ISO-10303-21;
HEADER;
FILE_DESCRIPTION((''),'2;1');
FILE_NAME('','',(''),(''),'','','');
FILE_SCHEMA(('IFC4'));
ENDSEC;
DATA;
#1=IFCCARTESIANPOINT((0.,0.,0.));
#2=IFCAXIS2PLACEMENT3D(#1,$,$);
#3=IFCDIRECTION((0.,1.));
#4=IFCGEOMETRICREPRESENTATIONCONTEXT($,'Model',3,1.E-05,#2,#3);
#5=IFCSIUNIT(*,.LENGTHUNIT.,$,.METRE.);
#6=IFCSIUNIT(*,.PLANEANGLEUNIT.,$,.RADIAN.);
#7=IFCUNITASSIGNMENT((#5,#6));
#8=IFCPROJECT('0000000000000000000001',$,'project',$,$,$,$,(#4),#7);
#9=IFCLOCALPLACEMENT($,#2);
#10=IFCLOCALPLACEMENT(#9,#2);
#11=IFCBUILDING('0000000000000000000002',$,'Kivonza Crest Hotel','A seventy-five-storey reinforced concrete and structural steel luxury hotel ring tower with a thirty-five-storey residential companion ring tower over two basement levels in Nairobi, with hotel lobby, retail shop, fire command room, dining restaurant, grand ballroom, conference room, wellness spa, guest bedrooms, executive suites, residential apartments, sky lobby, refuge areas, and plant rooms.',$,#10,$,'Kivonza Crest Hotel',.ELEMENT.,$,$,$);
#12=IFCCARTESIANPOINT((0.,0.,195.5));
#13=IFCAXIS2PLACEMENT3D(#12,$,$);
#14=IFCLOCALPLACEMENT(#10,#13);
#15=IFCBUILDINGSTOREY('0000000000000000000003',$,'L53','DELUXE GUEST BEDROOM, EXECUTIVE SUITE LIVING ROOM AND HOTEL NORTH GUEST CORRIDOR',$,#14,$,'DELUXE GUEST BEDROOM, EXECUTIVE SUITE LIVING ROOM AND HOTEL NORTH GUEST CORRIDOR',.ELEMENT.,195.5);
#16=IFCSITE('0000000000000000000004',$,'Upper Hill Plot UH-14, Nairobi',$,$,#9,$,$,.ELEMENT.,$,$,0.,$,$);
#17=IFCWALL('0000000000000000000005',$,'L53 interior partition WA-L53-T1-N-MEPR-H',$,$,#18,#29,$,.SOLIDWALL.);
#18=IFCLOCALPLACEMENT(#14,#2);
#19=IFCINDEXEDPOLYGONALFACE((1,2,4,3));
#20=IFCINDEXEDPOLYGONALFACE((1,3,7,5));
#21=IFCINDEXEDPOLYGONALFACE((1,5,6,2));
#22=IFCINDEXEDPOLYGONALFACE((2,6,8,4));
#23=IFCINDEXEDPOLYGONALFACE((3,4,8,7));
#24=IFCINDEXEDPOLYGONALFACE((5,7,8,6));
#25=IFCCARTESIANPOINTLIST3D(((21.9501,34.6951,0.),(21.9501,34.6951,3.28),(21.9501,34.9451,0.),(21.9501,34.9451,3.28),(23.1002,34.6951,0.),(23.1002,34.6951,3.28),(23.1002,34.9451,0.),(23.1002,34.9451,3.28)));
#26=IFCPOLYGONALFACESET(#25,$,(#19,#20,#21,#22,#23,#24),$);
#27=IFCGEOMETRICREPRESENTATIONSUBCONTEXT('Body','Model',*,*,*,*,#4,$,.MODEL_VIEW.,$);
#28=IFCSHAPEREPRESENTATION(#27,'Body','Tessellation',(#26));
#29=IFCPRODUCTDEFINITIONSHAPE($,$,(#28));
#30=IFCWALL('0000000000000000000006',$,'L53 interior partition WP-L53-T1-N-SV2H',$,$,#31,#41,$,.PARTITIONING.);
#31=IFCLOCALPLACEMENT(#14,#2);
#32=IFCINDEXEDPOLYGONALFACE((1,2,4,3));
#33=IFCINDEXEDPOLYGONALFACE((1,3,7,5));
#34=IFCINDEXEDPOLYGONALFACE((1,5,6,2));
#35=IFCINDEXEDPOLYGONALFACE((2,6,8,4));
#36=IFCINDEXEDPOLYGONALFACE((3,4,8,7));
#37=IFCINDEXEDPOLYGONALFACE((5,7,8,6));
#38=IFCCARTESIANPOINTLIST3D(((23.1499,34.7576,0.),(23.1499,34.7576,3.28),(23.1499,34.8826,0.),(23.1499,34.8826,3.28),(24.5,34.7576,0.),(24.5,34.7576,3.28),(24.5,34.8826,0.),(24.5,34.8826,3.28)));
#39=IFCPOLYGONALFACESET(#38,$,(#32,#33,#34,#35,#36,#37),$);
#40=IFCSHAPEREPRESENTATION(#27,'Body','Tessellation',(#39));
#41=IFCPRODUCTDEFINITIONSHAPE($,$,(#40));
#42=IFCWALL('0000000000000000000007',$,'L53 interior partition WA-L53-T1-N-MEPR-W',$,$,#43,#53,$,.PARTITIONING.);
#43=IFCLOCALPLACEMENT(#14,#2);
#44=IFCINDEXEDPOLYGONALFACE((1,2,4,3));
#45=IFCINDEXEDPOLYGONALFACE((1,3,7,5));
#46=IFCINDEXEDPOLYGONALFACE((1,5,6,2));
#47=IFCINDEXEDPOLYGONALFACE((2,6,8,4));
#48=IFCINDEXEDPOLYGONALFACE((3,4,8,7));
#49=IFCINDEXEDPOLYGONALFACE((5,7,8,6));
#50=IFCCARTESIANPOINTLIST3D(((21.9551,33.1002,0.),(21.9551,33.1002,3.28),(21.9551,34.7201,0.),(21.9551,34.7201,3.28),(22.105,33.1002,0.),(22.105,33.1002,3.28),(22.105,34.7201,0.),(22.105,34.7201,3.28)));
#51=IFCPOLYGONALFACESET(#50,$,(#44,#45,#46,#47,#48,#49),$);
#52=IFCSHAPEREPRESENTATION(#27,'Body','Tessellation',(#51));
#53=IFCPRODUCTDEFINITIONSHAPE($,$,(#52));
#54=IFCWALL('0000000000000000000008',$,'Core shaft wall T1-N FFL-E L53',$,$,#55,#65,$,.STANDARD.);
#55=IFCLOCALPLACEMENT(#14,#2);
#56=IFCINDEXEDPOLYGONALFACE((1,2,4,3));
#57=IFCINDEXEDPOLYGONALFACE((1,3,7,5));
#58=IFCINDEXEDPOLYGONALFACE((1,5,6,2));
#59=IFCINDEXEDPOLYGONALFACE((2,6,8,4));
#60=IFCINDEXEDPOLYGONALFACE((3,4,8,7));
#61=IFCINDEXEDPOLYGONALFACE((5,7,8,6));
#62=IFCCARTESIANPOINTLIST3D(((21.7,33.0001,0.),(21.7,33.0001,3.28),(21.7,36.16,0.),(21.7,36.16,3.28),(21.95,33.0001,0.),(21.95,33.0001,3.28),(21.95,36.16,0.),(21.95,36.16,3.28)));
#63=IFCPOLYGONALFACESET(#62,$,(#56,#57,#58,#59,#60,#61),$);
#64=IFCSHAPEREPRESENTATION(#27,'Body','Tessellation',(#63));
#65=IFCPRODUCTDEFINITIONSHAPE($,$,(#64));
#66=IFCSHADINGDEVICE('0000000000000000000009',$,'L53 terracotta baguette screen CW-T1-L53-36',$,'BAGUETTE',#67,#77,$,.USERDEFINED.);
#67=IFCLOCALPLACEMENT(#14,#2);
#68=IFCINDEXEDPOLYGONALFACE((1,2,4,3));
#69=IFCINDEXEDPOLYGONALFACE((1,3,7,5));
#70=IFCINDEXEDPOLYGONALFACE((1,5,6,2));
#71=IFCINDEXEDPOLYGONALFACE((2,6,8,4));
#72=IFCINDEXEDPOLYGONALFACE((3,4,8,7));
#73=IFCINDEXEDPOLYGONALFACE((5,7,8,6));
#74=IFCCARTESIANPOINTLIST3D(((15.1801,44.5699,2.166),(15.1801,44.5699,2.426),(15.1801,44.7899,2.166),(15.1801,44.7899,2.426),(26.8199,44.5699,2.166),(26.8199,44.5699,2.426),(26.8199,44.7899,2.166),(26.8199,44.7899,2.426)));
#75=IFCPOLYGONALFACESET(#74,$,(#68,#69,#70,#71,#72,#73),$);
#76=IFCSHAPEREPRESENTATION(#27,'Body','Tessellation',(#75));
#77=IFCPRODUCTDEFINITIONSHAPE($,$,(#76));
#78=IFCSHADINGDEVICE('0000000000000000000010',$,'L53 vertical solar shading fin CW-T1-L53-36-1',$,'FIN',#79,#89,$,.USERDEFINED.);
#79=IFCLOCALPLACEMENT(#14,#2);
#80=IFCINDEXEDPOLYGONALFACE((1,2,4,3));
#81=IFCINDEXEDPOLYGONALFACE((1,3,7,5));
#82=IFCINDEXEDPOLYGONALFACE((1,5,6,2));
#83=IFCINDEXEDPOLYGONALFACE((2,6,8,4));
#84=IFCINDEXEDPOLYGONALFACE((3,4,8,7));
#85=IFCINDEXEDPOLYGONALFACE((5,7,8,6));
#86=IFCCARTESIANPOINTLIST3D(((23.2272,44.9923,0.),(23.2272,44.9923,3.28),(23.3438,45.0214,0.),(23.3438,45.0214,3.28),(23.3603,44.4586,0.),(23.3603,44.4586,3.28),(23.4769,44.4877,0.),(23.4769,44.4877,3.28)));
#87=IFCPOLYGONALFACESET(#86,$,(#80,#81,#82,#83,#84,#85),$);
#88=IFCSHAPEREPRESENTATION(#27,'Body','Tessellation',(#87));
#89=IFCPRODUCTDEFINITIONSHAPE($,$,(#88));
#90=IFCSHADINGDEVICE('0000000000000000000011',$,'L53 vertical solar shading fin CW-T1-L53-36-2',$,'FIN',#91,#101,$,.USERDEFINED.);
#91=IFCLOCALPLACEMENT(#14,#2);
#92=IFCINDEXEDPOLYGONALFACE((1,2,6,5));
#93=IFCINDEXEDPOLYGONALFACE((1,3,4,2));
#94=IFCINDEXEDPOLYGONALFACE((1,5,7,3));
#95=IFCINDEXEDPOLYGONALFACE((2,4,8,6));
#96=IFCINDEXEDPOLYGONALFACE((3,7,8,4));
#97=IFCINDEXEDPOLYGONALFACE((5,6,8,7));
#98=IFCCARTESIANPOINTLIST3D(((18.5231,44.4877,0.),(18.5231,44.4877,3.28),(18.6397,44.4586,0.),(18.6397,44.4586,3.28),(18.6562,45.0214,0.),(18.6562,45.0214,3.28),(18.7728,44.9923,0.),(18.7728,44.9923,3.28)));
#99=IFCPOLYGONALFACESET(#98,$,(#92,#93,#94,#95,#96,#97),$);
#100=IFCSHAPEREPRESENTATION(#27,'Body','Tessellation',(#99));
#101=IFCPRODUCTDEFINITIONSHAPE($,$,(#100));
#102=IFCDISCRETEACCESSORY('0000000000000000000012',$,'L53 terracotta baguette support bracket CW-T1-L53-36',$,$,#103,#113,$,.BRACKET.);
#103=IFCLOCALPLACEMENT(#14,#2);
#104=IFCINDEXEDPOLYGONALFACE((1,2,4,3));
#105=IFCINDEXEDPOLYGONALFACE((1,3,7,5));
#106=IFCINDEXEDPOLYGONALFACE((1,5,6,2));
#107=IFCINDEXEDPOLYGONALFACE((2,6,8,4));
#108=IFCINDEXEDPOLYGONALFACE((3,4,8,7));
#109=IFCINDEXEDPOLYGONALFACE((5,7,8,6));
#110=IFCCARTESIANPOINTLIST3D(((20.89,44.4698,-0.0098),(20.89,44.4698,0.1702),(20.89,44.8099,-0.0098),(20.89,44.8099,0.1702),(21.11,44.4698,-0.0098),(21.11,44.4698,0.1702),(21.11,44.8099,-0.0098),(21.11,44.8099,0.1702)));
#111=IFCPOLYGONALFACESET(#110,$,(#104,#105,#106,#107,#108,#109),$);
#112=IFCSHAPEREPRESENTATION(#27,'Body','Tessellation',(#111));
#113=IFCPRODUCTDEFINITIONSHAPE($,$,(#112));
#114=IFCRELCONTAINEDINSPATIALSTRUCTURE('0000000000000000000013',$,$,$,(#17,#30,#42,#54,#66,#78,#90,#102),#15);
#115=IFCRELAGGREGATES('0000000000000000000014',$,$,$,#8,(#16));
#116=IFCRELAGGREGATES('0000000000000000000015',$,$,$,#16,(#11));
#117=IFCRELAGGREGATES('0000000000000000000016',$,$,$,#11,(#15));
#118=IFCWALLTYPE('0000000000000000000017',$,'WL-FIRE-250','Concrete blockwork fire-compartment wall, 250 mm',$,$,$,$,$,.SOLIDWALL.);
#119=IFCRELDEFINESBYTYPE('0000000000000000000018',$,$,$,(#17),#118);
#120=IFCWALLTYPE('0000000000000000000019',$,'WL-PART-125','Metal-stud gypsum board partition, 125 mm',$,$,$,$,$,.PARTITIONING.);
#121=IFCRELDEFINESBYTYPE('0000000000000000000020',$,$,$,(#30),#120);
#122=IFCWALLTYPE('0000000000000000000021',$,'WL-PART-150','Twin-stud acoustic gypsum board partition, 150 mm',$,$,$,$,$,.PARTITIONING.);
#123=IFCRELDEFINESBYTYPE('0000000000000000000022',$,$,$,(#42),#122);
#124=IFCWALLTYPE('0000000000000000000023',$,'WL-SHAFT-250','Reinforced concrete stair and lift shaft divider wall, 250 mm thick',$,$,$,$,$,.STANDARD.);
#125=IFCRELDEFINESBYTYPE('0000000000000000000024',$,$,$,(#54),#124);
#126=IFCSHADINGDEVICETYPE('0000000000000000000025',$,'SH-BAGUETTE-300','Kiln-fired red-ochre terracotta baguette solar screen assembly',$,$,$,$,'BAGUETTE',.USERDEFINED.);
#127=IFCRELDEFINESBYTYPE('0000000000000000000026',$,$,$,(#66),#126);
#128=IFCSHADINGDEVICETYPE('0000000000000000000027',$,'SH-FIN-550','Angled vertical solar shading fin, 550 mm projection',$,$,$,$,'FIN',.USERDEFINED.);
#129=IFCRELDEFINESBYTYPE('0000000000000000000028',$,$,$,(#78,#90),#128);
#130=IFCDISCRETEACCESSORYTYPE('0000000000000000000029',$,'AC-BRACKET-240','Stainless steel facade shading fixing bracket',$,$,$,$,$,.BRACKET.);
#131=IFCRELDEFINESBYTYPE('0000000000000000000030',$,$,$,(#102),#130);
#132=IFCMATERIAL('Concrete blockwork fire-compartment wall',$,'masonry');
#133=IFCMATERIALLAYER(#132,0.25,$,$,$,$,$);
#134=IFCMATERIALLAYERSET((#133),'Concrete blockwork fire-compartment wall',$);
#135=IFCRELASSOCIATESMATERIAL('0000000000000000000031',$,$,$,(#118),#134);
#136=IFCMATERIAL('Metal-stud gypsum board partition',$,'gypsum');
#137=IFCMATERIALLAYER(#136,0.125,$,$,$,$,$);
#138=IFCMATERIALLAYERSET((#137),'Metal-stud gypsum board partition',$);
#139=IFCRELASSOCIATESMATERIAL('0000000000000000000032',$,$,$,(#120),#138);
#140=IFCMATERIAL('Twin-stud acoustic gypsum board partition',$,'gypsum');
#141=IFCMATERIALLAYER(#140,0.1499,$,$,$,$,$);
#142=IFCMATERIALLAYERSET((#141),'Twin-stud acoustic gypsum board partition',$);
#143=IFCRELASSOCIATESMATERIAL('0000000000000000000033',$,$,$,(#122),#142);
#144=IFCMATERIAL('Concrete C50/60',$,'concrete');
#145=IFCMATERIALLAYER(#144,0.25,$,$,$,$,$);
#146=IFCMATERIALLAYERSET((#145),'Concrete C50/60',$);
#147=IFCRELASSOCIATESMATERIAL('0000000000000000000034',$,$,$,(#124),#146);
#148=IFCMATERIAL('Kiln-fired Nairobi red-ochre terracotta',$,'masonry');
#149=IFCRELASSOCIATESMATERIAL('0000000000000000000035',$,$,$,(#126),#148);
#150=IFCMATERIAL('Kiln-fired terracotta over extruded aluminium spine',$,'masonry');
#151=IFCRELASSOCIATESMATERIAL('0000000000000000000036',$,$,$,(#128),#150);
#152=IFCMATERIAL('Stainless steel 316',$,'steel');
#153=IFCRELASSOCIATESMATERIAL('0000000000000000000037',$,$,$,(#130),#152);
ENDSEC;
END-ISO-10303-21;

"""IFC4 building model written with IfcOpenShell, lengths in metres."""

from ifc_helpers import new_model, si_unit, direction, frame, frame_2d, origin, origin_2d, place, context, subcontext, project, spatial, rectangle, extrude, material, layer, layer_set, type_object, element, save


model = new_model("IFC4")

# Units and contexts
model_context = context("Model", 3, precision=1e-05, world=origin(), true_north=direction((0.0, 1.0)))
body_context = subcontext(model_context, "Body", "Model", "MODEL_VIEW")
ifc_project = project(units=[si_unit("LENGTHUNIT", "METRE"), si_unit("PLANEANGLEUNIT", "RADIAN")], contexts=[model_context])

# Site, building, storey
site_placement = place(None, origin())
site = spatial("IfcSite", under=ifc_project, at=site_placement, Name="Upper Hill Plot UH-14, Nairobi", CompositionType="ELEMENT", RefElevation=0.0)
building_placement = place(site_placement, origin())
building = spatial("IfcBuilding", under=site, at=building_placement, Name="Kivonza Crest Hotel", Description="A seventy-five-storey reinforced concrete and structural steel luxury hotel ring tower with a thirty-five-storey residential companion ring tower over two basement levels in Nairobi, with hotel lobby, retail shop, fire command room, dining restaurant, grand ballroom, conference room, wellness spa, guest bedrooms, executive suites, residential apartments, sky lobby, refuge areas, and plant rooms.", LongName="Kivonza Crest Hotel", CompositionType="ELEMENT")
storey_placement = place(building_placement, frame((0.0, 0.0, 195.5)))
storey = spatial("IfcBuildingStorey", under=building, at=storey_placement, Name="L53", Description="DELUXE GUEST BEDROOM, EXECUTIVE SUITE LIVING ROOM AND HOTEL NORTH GUEST CORRIDOR", LongName="DELUXE GUEST BEDROOM, EXECUTIVE SUITE LIVING ROOM AND HOTEL NORTH GUEST CORRIDOR", CompositionType="ELEMENT", Elevation=195.5)

# Shared definitions
ifc_material_1 = material(Name="Concrete C50/60", Category="concrete")

# Walls
ifc_material_2 = material(Name="Concrete blockwork fire-compartment wall", Category="masonry")
ifc_layer_1 = layer(ifc_material_2, 0.25)
ifc_layer_set_1 = layer_set([ifc_layer_1], Name="Concrete blockwork fire-compartment wall")
wall_type_1 = type_object("IfcWallType", Name="WL-FIRE-250", Description="Concrete blockwork fire-compartment wall, 250 mm", PredefinedType="SOLIDWALL", material=ifc_layer_set_1)
wall_1_placement = place(storey_placement, frame((21.95, 34.8201, 0.0), z_axis=(0.0, 0.0, 1.0), x_axis=(1.0, 0.0, 0.0)))
element("IfcWall", 1, at=wall_1_placement, inside=storey, type_object=wall_type_1, Name="L53 interior partition WA-L53-T1-N-MEPR-H", PredefinedType="SOLIDWALL", context=body_context, shape_type="SweptSolid", body=[
    extrude(rectangle(XDim=1.1501, YDim=0.25, at=frame_2d((0.5752, 0.0))), origin(), (0.0, 0.0, 1.0), 3.28),
])
ifc_material_3 = material(Name="Metal-stud gypsum board partition", Category="gypsum")
ifc_layer_2 = layer(ifc_material_3, 0.125)
ifc_layer_set_2 = layer_set([ifc_layer_2], Name="Metal-stud gypsum board partition")
wall_type_2 = type_object("IfcWallType", Name="WL-PART-125", Description="Metal-stud gypsum board partition, 125 mm", PredefinedType="PARTITIONING", material=ifc_layer_set_2)
wall_2_placement = place(storey_placement, frame((23.1499, 34.8201, 0.0), z_axis=(0.0, 0.0, 1.0), x_axis=(1.0, 0.0, 0.0)))
element("IfcWall", 2, at=wall_2_placement, inside=storey, type_object=wall_type_2, Name="L53 interior partition WP-L53-T1-N-SV2H", PredefinedType="PARTITIONING", context=body_context, shape_type="SweptSolid", body=[
    extrude(rectangle(XDim=1.3501, YDim=0.125, at=frame_2d((0.675, 0.0))), origin(), (0.0, 0.0, 1.0), 3.28),
])
ifc_material_4 = material(Name="Twin-stud acoustic gypsum board partition", Category="gypsum")
ifc_layer_3 = layer(ifc_material_4, 0.1499)
ifc_layer_set_3 = layer_set([ifc_layer_3], Name="Twin-stud acoustic gypsum board partition")
wall_type_3 = type_object("IfcWallType", Name="WL-PART-150", Description="Twin-stud acoustic gypsum board partition, 150 mm", PredefinedType="PARTITIONING", material=ifc_layer_set_3)
wall_3_placement = place(storey_placement, frame((22.03, 33.1001, 0.0), z_axis=(0.0, 0.0, 1.0), x_axis=(0.0, 1.0, 0.0)))
element("IfcWall", 3, at=wall_3_placement, inside=storey, type_object=wall_type_3, Name="L53 interior partition WA-L53-T1-N-MEPR-W", PredefinedType="PARTITIONING", context=body_context, shape_type="SweptSolid", body=[
    extrude(rectangle(XDim=1.6199, YDim=0.1499, at=frame_2d((0.8101, 0.0))), origin(), (0.0, 0.0, 1.0), 3.28),
])

# Shared definitions
ifc_layer_4 = layer(ifc_material_1, 0.25)
ifc_layer_set_4 = layer_set([ifc_layer_4], Name="Concrete C50/60")
wall_type_4 = type_object("IfcWallType", Name="WL-SHAFT-250", Description="Reinforced concrete stair and lift shaft divider wall, 250 mm thick", PredefinedType="STANDARD", material=ifc_layer_set_4)

# Wall
wall_4_placement = place(storey_placement, frame((21.825, 33.0, 0.0), z_axis=(0.0, 0.0, 1.0), x_axis=(0.0, 1.0, 0.0)))
element("IfcWall", 4, at=wall_4_placement, inside=storey, type_object=wall_type_4, Name="Core shaft wall T1-N FFL-E L53", PredefinedType="STANDARD", context=body_context, shape_type="SweptSolid", body=[
    extrude(rectangle(XDim=3.1599, YDim=0.25, at=frame_2d((1.5801, 0.0))), origin(), (0.0, 0.0, 1.0), 3.28),
])

# Shading devices
ifc_material_5 = material(Name="Kiln-fired Nairobi red-ochre terracotta", Category="masonry")
shading_device_type_1 = type_object("IfcShadingDeviceType", Name="SH-BAGUETTE-300", Description="Kiln-fired red-ochre terracotta baguette solar screen assembly", ElementType="BAGUETTE", PredefinedType="USERDEFINED", material=ifc_material_5)
shading_device_placement = place(storey_placement, frame((21.0, 44.6799, 2.166), z_axis=(0.0, 0.0, 1.0), x_axis=(-1.0, 0.0, 0.0)))
element("IfcShadingDevice", 5, at=shading_device_placement, inside=storey, type_object=shading_device_type_1, Name="L53 terracotta baguette screen CW-T1-L53-36", ObjectType="BAGUETTE", PredefinedType="USERDEFINED", context=body_context, shape_type="SweptSolid", body=[
    extrude(rectangle(XDim=11.6399, YDim=0.22, at=origin_2d()), origin(), (0.0, 0.0, 1.0), 0.26),
])
ifc_material_6 = material(Name="Kiln-fired terracotta over extruded aluminium spine", Category="masonry")
shading_device_type_2 = type_object("IfcShadingDeviceType", Name="SH-FIN-550", Description="Angled vertical solar shading fin, 550 mm projection", ElementType="FIN", PredefinedType="USERDEFINED", material=ifc_material_6)
for number, where, z_axis, x_axis, name in (
    (6, (23.3521, 44.74, 0.0), (0.0, 0.0, 1.0), (-0.970296, -0.241922, 0.0), "L53 vertical solar shading fin CW-T1-L53-36-1"),
    (7, (18.6479, 44.74, 0.0), (0.0, 0.0, 1.0), (-0.970296, 0.241922, 0.0), "L53 vertical solar shading fin CW-T1-L53-36-2"),
):
    element("IfcShadingDevice", number, at=place(storey_placement, frame(where, z_axis=z_axis, x_axis=x_axis)), inside=storey, type_object=shading_device_type_2, Name=name, ObjectType="FIN", PredefinedType="USERDEFINED", context=body_context, shape_type="SweptSolid", body=[
        extrude(rectangle(XDim=0.1201, YDim=0.55, at=origin_2d()), origin(), (0.0, 0.0, 1.0), 3.28),
    ])

# Discrete accessory
ifc_material_7 = material(Name="Stainless steel 316", Category="steel")
discrete_accessory_type = type_object("IfcDiscreteAccessoryType", Name="AC-BRACKET-240", Description="Stainless steel facade shading fixing bracket", PredefinedType="BRACKET", material=ifc_material_7)
discrete_accessory_placement = place(storey_placement, frame((21.0, 44.6399, -0.0098), z_axis=(0.0, 0.0, 1.0), x_axis=(-1.0, 0.0, 0.0)))
element("IfcDiscreteAccessory", 8, at=discrete_accessory_placement, inside=storey, type_object=discrete_accessory_type, Name="L53 terracotta baguette support bracket CW-T1-L53-36", PredefinedType="BRACKET", context=body_context, shape_type="SweptSolid", body=[
    extrude(rectangle(XDim=0.22, YDim=0.3401, at=origin_2d()), origin(), (0.0, 0.0, 1.0), 0.1799),
])

save(model, "model.ifc")
